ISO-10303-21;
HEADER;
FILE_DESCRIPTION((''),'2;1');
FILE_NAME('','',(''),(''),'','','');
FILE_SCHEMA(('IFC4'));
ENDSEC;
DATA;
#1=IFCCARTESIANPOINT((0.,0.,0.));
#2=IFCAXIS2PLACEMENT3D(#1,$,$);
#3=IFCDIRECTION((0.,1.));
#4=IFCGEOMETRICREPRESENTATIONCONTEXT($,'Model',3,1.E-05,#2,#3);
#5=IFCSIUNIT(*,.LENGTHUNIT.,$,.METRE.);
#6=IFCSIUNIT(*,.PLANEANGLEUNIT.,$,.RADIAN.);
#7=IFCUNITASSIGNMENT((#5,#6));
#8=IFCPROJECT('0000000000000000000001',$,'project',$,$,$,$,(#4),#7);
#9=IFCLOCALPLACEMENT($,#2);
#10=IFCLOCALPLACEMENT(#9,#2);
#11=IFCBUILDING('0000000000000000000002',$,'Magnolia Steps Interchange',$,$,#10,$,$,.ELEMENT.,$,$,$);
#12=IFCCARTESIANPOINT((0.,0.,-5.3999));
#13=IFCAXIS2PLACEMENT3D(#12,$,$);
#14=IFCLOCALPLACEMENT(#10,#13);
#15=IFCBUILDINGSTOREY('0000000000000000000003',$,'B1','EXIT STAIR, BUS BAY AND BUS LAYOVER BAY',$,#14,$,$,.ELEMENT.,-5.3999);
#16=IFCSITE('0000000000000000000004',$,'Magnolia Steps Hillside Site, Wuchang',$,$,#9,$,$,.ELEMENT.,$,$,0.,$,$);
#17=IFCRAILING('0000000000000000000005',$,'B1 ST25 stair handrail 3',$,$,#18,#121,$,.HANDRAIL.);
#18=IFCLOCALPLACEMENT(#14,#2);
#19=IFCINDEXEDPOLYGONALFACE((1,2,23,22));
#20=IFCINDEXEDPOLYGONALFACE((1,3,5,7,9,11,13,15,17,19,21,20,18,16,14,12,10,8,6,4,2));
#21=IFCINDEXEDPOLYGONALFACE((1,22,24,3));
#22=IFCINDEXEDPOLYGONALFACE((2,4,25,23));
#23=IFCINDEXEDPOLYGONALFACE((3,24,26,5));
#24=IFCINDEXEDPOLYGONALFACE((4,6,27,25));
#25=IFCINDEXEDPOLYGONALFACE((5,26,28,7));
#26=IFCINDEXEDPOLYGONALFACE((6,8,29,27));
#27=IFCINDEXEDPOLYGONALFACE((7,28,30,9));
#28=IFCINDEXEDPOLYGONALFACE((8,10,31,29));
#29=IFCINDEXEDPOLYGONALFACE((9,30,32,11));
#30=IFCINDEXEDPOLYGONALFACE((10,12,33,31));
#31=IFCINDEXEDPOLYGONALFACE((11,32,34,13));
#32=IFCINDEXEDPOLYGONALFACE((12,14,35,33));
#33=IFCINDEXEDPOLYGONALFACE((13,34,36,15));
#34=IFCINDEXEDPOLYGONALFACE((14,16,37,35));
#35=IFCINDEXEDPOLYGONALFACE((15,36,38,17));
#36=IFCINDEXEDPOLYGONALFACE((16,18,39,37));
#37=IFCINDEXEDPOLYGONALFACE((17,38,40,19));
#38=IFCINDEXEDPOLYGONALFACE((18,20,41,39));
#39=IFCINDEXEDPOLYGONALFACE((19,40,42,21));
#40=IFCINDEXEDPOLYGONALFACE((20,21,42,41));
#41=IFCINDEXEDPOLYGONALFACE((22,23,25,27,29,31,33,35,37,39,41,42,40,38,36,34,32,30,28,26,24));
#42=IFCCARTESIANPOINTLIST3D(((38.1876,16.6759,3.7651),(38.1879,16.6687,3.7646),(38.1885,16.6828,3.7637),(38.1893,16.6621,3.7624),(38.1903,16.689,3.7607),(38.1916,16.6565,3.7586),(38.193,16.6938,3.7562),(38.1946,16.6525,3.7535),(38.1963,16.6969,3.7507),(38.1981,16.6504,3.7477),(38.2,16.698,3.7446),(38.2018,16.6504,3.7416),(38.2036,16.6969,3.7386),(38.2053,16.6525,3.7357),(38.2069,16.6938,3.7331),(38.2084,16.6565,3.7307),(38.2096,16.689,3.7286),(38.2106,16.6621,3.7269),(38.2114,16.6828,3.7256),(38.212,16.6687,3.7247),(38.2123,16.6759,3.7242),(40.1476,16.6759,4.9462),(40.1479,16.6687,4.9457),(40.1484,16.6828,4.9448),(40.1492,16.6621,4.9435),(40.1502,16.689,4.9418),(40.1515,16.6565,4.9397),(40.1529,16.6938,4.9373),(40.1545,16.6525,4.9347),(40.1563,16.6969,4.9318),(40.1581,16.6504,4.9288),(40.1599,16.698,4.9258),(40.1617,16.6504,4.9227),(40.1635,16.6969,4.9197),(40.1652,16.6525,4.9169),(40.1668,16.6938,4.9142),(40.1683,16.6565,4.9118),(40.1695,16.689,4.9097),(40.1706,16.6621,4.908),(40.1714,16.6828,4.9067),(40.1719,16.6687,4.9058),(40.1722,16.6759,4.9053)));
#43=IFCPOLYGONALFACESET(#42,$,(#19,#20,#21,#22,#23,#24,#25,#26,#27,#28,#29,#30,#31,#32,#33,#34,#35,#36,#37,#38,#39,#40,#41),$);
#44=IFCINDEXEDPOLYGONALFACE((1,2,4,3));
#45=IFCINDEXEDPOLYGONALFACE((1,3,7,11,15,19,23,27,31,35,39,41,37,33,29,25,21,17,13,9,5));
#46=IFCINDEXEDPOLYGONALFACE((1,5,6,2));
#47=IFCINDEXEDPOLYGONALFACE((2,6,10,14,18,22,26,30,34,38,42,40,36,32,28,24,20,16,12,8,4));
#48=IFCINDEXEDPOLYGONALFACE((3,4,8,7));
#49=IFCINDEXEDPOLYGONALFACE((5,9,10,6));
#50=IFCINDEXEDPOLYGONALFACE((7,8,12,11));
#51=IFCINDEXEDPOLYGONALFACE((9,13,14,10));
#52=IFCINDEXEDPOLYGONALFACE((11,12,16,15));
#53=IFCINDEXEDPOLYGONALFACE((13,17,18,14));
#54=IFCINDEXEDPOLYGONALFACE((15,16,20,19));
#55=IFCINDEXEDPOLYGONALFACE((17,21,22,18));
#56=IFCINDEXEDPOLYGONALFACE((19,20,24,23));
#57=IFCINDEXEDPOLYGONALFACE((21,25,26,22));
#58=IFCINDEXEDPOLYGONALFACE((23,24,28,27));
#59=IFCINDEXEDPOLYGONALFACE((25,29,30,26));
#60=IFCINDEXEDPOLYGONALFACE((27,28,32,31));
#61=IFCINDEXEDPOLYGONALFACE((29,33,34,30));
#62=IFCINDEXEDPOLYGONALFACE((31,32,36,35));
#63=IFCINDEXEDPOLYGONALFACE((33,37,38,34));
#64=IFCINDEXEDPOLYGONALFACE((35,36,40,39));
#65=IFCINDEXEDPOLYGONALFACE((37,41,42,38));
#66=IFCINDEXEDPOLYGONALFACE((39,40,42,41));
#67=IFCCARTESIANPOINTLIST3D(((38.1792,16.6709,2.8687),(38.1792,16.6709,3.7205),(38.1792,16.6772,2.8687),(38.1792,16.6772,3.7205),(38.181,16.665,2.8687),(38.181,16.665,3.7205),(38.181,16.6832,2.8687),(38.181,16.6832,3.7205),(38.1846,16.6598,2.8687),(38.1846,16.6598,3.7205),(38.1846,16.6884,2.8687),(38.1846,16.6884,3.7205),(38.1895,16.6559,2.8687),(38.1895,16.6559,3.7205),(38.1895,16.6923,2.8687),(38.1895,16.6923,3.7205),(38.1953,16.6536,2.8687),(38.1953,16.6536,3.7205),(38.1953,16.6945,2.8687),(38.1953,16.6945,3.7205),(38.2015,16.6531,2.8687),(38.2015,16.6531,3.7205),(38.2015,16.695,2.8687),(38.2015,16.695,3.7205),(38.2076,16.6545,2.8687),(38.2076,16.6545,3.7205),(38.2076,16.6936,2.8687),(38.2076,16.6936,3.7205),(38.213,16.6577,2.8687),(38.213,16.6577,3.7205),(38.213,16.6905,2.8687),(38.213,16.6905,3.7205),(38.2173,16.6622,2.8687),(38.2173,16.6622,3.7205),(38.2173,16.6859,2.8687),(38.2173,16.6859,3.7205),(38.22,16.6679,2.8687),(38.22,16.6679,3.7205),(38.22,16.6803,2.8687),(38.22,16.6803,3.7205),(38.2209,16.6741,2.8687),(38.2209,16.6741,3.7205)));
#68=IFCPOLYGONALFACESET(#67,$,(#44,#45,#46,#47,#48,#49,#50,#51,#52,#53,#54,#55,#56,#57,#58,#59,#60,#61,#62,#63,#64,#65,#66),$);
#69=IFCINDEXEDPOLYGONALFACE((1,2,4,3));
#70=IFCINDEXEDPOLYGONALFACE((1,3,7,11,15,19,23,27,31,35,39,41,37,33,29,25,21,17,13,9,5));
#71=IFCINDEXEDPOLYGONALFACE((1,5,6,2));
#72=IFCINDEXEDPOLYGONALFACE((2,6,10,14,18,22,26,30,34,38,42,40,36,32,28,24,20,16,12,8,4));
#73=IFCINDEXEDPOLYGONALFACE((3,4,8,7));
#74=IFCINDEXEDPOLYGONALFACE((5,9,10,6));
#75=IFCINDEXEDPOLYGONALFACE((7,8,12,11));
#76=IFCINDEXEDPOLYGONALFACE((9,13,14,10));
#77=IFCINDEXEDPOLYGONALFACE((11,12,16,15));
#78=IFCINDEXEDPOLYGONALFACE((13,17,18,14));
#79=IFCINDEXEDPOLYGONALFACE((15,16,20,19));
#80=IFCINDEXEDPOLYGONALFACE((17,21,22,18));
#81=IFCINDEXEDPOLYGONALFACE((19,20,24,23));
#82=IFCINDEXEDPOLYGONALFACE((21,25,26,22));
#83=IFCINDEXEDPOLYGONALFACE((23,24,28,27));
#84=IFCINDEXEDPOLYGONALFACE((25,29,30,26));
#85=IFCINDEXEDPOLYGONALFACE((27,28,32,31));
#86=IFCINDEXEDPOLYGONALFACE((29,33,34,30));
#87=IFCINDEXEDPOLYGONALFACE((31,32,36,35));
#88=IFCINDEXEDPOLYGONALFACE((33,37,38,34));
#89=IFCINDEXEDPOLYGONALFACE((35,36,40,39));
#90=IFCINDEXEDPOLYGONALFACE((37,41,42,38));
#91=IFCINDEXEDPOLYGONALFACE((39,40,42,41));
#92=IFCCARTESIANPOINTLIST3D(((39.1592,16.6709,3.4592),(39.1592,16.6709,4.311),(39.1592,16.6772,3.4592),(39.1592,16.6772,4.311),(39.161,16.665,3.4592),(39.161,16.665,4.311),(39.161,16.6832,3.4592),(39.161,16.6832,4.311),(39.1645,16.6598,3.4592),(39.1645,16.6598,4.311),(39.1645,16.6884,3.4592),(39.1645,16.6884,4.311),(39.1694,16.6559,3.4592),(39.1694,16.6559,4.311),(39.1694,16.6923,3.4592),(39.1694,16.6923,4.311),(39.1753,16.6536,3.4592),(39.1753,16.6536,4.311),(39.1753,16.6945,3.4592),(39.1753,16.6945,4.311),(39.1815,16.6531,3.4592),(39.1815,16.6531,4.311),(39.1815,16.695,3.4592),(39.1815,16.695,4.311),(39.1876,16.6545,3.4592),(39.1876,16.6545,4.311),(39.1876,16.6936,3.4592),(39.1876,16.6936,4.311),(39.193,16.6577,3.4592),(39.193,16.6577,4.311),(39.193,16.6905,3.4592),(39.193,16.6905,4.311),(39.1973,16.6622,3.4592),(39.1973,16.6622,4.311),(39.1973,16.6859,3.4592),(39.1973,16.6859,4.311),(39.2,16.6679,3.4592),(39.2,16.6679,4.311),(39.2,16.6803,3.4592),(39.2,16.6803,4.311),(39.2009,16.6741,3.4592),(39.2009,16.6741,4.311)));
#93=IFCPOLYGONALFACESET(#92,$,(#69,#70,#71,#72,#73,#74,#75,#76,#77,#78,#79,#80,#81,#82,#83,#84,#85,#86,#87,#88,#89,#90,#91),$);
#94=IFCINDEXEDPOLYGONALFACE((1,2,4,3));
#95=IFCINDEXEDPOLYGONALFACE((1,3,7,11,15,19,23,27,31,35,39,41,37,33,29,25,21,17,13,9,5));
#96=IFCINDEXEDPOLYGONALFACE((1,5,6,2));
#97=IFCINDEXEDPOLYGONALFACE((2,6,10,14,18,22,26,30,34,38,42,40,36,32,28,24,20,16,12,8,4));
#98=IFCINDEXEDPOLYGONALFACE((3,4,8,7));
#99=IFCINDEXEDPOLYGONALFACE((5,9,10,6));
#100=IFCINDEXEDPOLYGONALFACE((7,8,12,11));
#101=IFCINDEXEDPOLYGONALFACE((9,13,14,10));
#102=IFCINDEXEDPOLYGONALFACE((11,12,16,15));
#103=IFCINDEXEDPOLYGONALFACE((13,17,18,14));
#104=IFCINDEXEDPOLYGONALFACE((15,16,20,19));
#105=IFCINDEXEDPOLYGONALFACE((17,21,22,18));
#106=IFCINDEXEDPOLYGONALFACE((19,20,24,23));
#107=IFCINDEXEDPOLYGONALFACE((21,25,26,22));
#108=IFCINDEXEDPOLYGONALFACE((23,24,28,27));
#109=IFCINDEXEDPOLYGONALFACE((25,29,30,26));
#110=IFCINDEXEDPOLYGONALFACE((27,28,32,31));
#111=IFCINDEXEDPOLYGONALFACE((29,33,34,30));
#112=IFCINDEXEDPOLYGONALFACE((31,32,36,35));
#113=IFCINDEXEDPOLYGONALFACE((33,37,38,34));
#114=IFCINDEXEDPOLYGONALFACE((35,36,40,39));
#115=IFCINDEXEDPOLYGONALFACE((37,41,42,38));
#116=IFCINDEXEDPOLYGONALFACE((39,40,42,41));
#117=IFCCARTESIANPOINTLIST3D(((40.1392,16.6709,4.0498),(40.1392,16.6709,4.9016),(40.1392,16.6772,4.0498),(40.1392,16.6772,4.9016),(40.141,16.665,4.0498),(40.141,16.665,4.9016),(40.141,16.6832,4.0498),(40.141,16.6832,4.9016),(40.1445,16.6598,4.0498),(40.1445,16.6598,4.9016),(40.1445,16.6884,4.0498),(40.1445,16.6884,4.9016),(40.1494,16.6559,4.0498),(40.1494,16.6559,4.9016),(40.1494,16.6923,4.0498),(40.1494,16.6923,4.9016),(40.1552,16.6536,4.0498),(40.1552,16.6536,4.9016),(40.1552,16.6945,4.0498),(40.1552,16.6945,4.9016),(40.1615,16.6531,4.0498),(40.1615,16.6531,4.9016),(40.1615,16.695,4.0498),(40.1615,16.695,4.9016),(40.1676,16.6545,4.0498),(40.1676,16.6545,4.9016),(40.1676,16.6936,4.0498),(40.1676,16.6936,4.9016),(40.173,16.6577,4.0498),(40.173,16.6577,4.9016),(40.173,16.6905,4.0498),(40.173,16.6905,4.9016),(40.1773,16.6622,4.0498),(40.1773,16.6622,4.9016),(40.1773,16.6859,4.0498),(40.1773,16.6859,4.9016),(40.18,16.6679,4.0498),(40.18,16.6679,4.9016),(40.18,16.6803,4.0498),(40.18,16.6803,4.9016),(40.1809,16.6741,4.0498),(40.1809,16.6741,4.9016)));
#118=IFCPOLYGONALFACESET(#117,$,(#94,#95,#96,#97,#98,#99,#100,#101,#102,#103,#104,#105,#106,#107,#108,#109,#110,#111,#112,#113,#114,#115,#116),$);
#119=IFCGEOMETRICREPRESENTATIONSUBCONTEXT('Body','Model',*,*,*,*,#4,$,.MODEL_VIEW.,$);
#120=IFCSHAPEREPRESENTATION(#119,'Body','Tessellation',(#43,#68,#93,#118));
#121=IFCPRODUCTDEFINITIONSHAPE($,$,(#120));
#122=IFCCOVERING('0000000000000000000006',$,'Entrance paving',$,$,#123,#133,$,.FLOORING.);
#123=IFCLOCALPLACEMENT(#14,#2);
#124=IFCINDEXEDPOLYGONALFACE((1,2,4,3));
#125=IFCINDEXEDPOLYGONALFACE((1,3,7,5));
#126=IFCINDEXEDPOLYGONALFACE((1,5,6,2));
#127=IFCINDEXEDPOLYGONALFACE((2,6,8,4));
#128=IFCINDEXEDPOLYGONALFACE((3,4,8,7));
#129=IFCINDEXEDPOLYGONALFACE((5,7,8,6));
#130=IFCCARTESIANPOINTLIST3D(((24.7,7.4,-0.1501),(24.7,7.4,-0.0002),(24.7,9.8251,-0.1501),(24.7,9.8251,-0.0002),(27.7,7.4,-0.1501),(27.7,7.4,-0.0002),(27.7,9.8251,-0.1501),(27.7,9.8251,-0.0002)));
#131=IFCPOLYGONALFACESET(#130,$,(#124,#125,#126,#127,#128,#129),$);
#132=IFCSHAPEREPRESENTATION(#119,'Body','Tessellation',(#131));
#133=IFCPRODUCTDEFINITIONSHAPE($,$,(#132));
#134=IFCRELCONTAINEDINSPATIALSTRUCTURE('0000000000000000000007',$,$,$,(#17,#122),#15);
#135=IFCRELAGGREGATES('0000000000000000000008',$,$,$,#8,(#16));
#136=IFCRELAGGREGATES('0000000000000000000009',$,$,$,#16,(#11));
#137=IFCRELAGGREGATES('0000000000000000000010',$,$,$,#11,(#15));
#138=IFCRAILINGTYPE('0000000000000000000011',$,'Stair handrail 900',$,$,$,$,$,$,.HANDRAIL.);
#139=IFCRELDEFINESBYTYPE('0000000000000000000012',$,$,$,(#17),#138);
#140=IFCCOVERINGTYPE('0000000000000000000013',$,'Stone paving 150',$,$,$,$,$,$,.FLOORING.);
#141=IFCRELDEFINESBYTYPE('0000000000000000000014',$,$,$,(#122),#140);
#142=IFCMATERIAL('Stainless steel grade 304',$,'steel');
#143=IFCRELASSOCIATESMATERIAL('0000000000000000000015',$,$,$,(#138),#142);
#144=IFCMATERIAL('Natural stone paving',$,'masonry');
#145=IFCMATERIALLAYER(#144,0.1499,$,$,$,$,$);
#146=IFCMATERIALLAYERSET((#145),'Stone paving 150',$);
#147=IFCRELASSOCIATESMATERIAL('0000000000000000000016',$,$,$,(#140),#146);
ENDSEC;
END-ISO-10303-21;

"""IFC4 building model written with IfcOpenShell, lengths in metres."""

from ifc_helpers import new_model, si_unit, direction, frame, origin, origin_2d, place, context, subcontext, project, spatial, rectangle, circle, extrude, material, layer, layer_set, type_object, element, save


model = new_model("IFC4")

# Units and contexts
model_context = context("Model", 3, precision=1e-05, world=origin(), true_north=direction((0.0, 1.0)))
body_context = subcontext(model_context, "Body", "Model", "MODEL_VIEW")
ifc_project = project(units=[si_unit("LENGTHUNIT", "METRE"), si_unit("PLANEANGLEUNIT", "RADIAN")], contexts=[model_context])

# Site, building, storey
site_placement = place(None, origin())
site = spatial("IfcSite", under=ifc_project, at=site_placement, Name="Magnolia Steps Hillside Site, Wuchang", CompositionType="ELEMENT", RefElevation=0.0)
building_placement = place(site_placement, origin())
building = spatial("IfcBuilding", under=site, at=building_placement, Name="Magnolia Steps Interchange", CompositionType="ELEMENT")
storey_placement = place(building_placement, frame((0.0, 0.0, -5.3999)))
storey = spatial("IfcBuildingStorey", under=building, at=storey_placement, Name="B1", Description="EXIT STAIR, BUS BAY AND BUS LAYOVER BAY", CompositionType="ELEMENT", Elevation=-5.3999)

# Railing
ifc_material_1 = material(Name="Stainless steel grade 304", Category="steel")
railing_type_1 = type_object("IfcRailingType", Name="Stair handrail 900", PredefinedType="HANDRAIL", material=ifc_material_1)
for number, where, name in (
    (1, (38.2, 16.6741, 2.8687), "B1 ST25 stair handrail 3"),
):
    element("IfcRailing", number, at=place(storey_placement, frame(where)), inside=storey, type_object=railing_type_1, Name=name, PredefinedType="HANDRAIL", context=body_context, shape_type="SweptSolid", body=[
        extrude(circle(Radius=0.0239, at=origin_2d()), frame((0.0, 0.0, 0.876), z_axis=(0.856493, 0.0, 0.516158), x_axis=(0.0, 1.0, 0.0)), (0.0, 0.0, 1.0), 2.2883),
        extrude(circle(Radius=0.021, at=origin_2d()), origin(), (0.0, 0.0, 1.0), 0.8518),
        extrude(circle(Radius=0.021, at=origin_2d()), frame((0.98, 0.0, 0.5906)), (0.0, 0.0, 1.0), 0.8518),
        extrude(circle(Radius=0.021, at=origin_2d()), frame((1.96, 0.0, 1.1812)), (0.0, 0.0, 1.0), 0.8518),
    ])

# Covering
ifc_material_2 = material(Name="Natural stone paving", Category="masonry")
ifc_layer_1 = layer(ifc_material_2, 0.1499)
ifc_layer_set_1 = layer_set([ifc_layer_1], Name="Stone paving 150")
covering_type = type_object("IfcCoveringType", Name="Stone paving 150", PredefinedType="FLOORING", material=ifc_layer_set_1)
covering_placement = place(storey_placement, frame((26.2, 8.6125, -0.1501), z_axis=(0.0, 0.0, 1.0), x_axis=(1.0, 0.0, 0.0)))
element("IfcCovering", 2, at=covering_placement, inside=storey, type_object=covering_type, Name="Entrance paving", PredefinedType="FLOORING", context=body_context, shape_type="SweptSolid", body=[
    extrude(rectangle(XDim=3.0, YDim=2.425, at=origin_2d()), origin(), (0.0, 0.0, 1.0), 0.1499),
])

save(model, "model.ifc")
